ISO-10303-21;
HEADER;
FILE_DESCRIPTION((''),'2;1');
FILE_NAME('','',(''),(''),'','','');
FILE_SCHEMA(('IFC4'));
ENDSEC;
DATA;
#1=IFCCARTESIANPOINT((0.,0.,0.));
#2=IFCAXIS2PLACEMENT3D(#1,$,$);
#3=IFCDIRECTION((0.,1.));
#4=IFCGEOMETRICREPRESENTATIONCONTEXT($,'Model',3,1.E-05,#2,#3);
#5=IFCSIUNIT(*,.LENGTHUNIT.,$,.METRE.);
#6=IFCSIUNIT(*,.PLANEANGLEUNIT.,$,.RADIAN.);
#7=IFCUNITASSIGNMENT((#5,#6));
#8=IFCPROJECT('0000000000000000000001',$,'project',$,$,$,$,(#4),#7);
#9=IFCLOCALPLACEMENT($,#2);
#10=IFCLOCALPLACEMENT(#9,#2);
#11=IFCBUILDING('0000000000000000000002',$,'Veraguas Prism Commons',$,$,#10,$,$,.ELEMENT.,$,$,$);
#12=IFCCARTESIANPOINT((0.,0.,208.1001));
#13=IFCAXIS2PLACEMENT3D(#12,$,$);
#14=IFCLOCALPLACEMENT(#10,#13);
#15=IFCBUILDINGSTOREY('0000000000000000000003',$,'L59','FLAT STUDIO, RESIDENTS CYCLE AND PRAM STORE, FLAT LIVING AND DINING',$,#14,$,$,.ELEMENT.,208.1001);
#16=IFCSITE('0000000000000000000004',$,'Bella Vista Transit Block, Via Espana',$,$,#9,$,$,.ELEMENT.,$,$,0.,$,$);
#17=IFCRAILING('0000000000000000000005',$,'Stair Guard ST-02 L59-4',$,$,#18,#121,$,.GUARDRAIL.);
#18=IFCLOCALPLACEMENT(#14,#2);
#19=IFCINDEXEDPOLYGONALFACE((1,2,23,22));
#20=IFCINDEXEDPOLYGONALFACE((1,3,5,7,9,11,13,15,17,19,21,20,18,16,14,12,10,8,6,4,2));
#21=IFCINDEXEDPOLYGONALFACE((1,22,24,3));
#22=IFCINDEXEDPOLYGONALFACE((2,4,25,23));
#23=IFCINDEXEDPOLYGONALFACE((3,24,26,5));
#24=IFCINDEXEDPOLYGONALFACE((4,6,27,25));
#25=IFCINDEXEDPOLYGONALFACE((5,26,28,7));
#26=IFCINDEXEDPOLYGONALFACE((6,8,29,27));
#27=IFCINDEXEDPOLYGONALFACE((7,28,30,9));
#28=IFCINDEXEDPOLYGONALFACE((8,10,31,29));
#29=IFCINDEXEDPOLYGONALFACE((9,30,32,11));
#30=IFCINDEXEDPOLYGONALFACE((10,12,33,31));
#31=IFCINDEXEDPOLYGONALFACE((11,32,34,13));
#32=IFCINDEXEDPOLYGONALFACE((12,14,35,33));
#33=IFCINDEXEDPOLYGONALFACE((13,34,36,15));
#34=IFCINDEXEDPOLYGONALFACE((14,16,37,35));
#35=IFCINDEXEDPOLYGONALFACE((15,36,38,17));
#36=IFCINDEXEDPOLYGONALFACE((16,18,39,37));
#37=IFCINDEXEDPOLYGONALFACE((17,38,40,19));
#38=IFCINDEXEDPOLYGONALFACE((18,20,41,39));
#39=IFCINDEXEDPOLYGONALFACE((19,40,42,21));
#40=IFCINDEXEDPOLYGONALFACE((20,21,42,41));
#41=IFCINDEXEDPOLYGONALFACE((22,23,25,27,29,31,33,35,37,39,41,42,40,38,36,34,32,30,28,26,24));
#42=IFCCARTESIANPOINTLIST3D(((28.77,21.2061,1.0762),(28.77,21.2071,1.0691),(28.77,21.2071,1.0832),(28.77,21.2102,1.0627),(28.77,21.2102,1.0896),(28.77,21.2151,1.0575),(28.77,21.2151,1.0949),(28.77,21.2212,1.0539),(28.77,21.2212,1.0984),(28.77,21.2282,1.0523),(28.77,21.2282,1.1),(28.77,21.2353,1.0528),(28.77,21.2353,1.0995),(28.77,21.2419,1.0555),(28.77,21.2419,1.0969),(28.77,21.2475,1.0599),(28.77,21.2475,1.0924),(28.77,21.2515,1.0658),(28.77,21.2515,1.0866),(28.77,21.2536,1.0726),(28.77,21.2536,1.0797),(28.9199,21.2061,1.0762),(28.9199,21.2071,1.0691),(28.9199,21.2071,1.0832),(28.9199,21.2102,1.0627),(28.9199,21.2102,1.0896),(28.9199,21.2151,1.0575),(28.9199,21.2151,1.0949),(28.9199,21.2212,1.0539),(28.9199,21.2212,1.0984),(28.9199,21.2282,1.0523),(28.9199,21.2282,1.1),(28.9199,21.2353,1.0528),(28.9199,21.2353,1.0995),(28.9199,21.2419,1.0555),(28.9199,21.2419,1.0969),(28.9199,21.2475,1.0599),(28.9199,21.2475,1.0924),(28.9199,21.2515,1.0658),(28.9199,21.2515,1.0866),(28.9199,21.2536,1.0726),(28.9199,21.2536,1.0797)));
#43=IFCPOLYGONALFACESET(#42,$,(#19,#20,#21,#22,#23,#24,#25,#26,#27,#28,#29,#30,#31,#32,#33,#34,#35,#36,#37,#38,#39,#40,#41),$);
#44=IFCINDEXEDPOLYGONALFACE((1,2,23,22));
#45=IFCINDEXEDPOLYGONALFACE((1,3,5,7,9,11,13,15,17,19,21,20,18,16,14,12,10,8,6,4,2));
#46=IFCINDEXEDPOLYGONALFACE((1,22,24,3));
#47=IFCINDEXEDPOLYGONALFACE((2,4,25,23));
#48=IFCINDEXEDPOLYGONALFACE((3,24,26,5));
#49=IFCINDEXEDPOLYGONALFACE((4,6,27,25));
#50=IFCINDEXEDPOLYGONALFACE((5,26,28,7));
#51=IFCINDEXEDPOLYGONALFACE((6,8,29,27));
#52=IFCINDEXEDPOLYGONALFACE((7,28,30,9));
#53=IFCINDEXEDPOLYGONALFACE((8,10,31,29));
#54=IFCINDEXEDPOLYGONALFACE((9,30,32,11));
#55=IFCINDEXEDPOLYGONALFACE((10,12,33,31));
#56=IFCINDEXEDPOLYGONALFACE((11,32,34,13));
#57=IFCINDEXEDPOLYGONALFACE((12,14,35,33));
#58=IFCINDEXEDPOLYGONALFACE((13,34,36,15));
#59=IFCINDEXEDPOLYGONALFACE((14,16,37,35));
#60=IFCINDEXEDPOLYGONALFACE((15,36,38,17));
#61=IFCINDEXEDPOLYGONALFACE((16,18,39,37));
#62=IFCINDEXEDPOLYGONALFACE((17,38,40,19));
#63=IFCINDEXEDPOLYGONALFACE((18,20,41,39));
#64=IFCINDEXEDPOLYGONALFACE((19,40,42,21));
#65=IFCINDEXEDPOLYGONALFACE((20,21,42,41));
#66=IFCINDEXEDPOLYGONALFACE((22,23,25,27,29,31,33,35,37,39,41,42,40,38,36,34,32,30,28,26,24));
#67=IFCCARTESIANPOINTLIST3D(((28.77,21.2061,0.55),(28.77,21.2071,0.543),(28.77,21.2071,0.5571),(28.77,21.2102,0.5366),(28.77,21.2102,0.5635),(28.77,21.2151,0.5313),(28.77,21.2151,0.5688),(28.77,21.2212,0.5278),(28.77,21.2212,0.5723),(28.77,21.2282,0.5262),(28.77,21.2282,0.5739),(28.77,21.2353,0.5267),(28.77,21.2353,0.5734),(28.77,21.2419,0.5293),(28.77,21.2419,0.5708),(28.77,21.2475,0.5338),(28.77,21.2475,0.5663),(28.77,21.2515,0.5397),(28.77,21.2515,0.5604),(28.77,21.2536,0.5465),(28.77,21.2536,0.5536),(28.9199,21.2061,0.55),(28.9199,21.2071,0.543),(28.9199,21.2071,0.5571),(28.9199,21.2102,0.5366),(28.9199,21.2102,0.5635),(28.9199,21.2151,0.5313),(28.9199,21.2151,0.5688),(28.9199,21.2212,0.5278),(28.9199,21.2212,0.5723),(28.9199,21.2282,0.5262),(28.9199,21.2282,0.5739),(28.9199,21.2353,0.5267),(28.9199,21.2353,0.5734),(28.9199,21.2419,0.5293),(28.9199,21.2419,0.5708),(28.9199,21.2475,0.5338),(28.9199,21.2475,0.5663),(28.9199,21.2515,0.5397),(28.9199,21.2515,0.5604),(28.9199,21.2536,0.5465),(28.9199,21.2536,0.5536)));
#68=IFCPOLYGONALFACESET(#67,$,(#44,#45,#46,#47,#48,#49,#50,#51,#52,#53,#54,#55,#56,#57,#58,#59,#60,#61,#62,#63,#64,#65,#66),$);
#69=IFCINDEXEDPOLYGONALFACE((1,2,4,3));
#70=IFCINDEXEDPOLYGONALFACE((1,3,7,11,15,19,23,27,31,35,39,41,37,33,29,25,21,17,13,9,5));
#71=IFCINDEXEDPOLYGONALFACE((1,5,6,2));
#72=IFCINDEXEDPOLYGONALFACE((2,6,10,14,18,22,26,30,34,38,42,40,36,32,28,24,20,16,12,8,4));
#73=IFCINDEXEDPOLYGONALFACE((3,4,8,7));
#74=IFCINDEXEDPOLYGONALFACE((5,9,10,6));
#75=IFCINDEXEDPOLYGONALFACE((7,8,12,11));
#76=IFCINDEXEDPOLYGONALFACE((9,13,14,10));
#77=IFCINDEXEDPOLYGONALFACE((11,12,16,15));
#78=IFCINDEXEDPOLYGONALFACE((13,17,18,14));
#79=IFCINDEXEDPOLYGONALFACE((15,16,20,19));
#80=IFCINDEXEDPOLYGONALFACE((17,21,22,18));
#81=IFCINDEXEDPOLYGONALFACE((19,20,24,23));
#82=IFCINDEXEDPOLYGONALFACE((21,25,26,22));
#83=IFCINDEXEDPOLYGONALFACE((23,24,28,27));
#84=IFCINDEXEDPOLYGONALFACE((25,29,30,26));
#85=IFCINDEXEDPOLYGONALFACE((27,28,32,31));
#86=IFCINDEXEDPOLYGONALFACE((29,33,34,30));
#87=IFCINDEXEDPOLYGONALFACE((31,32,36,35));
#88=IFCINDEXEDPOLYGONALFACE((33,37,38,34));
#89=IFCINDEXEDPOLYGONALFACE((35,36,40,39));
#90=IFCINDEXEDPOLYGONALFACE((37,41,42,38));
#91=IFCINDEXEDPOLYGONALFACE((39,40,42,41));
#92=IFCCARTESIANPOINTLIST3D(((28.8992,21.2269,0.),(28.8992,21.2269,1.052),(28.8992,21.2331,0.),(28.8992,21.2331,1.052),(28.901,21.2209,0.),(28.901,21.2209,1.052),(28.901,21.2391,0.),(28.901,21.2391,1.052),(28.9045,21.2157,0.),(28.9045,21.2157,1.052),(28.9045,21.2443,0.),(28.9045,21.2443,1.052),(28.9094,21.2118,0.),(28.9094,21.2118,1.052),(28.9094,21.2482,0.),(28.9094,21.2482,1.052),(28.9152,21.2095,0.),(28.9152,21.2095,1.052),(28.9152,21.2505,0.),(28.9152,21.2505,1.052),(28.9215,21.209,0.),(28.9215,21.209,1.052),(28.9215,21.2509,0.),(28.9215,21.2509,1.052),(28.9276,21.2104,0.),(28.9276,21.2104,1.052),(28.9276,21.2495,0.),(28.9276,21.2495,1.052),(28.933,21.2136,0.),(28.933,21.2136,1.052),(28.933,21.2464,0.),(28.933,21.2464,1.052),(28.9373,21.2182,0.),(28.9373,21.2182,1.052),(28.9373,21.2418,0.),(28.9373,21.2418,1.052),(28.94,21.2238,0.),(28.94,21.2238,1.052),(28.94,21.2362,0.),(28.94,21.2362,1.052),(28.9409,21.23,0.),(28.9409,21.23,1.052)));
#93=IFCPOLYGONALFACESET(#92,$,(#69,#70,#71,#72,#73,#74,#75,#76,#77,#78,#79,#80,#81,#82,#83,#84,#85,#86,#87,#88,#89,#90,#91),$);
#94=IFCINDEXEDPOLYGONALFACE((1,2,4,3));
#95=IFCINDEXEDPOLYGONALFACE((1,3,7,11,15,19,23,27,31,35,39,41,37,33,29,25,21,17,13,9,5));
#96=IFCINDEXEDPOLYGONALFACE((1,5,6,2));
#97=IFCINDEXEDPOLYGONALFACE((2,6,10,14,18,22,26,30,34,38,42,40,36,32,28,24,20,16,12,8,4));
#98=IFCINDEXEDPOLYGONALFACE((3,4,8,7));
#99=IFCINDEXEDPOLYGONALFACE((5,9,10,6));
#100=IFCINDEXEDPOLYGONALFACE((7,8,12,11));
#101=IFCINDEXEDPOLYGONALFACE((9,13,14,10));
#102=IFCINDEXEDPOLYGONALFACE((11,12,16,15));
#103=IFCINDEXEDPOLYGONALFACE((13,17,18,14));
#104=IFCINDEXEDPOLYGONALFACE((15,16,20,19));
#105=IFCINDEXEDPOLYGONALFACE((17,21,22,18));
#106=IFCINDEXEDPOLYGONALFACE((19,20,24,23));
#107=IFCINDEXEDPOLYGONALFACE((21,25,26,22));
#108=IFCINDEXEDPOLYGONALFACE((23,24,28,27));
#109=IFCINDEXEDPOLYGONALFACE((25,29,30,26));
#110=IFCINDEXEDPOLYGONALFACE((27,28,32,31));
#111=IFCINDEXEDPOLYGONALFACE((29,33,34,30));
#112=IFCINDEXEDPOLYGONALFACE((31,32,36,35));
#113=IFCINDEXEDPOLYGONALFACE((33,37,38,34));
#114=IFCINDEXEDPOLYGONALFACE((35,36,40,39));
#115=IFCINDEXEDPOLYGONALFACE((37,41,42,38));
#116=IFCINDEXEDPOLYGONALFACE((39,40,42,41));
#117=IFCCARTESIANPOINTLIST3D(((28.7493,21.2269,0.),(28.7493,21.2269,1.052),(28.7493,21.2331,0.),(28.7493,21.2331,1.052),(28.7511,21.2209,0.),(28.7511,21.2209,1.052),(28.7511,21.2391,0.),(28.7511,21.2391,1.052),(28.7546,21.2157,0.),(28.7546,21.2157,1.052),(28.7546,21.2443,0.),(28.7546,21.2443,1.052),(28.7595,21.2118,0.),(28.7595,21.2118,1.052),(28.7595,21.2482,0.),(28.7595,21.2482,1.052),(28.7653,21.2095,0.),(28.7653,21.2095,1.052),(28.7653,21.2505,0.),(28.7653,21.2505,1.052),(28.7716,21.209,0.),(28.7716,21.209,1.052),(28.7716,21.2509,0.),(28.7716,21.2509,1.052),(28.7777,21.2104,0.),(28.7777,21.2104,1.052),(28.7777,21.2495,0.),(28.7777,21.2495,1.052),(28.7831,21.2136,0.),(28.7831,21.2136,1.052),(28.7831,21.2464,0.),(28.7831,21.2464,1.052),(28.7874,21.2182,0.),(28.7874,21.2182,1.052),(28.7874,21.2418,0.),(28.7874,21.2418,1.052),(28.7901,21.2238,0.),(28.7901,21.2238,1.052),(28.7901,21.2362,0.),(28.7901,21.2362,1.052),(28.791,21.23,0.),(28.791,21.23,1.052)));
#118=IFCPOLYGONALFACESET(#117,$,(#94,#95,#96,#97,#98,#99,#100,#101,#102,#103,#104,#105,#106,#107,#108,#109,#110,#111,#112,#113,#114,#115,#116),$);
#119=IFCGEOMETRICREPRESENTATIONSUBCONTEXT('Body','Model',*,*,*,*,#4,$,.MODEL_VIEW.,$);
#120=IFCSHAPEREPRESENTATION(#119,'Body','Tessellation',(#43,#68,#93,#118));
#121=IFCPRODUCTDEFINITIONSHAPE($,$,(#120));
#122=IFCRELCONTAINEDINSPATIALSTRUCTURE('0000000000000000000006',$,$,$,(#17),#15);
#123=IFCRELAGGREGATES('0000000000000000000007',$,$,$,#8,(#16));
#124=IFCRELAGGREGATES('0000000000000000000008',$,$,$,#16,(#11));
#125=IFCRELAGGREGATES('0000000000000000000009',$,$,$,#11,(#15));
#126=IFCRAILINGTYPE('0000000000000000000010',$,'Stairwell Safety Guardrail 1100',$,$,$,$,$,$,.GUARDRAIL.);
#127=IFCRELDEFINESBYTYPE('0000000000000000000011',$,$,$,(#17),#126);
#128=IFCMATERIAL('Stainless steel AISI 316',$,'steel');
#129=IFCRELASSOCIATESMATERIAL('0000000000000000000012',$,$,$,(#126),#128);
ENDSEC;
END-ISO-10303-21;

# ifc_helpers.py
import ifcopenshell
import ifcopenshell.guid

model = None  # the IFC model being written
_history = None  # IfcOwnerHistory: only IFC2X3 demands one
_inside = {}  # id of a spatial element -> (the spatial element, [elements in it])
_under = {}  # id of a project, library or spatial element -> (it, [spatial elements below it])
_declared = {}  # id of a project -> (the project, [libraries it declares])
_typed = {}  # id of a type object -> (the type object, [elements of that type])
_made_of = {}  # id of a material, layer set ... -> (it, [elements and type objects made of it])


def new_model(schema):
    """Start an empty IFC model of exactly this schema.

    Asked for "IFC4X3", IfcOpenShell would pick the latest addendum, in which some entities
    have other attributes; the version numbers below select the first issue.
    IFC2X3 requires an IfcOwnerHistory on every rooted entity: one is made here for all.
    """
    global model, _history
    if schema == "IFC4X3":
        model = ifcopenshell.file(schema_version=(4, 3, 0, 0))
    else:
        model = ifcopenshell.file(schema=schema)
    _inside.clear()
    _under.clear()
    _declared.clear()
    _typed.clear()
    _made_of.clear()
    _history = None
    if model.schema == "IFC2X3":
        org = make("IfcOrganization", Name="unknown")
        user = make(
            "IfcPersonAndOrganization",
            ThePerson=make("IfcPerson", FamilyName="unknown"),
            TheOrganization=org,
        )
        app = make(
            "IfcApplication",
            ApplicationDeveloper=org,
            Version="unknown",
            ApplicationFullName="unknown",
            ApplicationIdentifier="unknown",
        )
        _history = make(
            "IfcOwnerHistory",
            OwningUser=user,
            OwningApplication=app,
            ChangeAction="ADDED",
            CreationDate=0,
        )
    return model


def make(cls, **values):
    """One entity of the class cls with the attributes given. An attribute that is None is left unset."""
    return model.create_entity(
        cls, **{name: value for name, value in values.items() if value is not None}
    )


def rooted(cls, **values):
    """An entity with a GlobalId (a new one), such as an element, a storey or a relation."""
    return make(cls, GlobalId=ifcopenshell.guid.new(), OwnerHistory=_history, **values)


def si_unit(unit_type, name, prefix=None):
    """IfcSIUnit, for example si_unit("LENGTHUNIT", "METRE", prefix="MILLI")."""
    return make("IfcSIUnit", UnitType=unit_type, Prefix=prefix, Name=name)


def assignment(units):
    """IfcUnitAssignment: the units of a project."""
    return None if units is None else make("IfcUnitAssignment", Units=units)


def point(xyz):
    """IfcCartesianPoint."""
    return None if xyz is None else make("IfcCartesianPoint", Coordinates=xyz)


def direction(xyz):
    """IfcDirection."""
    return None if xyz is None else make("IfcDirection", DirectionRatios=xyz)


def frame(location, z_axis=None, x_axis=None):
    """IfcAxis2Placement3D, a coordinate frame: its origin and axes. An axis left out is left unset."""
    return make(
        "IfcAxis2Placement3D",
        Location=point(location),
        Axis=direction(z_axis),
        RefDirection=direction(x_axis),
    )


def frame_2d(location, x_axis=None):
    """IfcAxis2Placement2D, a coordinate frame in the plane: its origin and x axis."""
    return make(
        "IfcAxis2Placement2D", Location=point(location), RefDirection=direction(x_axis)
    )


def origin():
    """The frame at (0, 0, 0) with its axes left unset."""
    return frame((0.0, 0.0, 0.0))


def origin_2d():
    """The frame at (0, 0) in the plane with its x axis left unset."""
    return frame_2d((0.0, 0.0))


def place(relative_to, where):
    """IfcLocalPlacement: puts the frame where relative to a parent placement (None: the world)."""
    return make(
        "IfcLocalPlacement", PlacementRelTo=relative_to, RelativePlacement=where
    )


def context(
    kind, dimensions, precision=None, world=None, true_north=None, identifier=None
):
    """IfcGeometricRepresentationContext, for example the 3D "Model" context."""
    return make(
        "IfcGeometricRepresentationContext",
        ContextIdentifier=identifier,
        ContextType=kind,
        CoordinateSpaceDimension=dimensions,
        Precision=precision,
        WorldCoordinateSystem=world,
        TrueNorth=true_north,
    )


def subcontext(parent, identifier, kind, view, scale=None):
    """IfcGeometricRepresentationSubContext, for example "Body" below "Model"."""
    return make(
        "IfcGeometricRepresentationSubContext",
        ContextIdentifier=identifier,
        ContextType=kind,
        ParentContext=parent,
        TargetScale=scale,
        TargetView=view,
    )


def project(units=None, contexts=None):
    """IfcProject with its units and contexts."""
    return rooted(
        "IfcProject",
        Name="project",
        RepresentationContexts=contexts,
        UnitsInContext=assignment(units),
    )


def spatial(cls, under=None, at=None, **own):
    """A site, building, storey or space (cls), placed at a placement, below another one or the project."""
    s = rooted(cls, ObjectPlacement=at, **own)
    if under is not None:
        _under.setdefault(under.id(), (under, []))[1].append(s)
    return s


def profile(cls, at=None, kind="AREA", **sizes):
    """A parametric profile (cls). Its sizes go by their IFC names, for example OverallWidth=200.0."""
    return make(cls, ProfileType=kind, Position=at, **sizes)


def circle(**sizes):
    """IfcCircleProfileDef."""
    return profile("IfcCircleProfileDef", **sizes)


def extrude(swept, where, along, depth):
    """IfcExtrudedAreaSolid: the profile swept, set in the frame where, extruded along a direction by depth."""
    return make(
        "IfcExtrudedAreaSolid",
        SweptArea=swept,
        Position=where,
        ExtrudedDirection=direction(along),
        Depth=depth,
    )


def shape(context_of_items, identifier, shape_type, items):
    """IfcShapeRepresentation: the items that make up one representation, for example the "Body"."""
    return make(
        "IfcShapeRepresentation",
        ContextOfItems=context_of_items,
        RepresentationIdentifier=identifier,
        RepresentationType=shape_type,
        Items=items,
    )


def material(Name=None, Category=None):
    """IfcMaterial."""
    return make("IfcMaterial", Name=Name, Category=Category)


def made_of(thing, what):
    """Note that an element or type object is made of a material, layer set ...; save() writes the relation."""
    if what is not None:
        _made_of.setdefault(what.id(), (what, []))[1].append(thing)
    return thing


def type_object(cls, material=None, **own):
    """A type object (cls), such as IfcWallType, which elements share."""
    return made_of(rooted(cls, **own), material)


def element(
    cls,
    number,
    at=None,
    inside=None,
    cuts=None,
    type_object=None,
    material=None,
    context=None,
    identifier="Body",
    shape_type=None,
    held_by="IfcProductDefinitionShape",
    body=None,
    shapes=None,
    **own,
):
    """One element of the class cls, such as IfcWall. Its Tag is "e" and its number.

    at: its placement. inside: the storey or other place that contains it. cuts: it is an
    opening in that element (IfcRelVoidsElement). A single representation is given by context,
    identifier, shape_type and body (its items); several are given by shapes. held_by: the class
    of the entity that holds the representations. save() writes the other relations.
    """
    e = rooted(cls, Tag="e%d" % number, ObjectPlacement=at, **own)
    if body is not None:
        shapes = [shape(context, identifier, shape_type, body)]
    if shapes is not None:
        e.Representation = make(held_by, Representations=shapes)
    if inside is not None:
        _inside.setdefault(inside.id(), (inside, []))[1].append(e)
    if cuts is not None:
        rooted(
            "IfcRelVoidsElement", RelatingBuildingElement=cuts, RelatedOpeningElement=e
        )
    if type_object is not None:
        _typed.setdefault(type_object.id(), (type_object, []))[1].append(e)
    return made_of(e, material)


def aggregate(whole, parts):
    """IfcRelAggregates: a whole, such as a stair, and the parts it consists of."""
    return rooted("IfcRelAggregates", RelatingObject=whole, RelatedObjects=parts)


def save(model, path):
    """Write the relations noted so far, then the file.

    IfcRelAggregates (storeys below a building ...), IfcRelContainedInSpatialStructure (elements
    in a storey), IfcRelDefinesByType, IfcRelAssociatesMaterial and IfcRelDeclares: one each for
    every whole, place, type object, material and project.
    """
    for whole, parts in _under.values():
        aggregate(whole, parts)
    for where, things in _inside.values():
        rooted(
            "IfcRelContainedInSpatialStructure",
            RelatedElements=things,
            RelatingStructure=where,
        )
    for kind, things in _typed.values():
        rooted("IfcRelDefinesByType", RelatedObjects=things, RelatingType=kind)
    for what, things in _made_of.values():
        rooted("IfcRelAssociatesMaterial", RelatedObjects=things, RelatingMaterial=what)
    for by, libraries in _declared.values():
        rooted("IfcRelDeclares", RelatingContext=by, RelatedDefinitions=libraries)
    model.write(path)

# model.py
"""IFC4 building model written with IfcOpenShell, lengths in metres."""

from ifc_helpers import new_model, si_unit, direction, frame, origin, origin_2d, place, context, subcontext, project, spatial, circle, extrude, material, type_object, element, save


model = new_model("IFC4")

# Units and contexts
model_context = context("Model", 3, precision=1e-05, world=origin(), true_north=direction((0.0, 1.0)))
body_context = subcontext(model_context, "Body", "Model", "MODEL_VIEW")
ifc_project = project(units=[si_unit("LENGTHUNIT", "METRE"), si_unit("PLANEANGLEUNIT", "RADIAN")], contexts=[model_context])

# Site, building, storey
site_placement = place(None, origin())
site = spatial("IfcSite", under=ifc_project, at=site_placement, Name="Bella Vista Transit Block, Via Espana", CompositionType="ELEMENT", RefElevation=0.0)
building_placement = place(site_placement, origin())
building = spatial("IfcBuilding", under=site, at=building_placement, Name="Veraguas Prism Commons", CompositionType="ELEMENT")
storey_placement = place(building_placement, frame((0.0, 0.0, 208.1001)))
storey = spatial("IfcBuildingStorey", under=building, at=storey_placement, Name="L59", Description="FLAT STUDIO, RESIDENTS CYCLE AND PRAM STORE, FLAT LIVING AND DINING", CompositionType="ELEMENT", Elevation=208.1001)

# Shared definitions
ifc_material_1 = material(Name="Stainless steel AISI 316", Category="steel")

# Railing
railing_type = type_object("IfcRailingType", Name="Stairwell Safety Guardrail 1100", PredefinedType="GUARDRAIL", material=ifc_material_1)
railing_1_placement = place(storey_placement, frame((28.9199, 21.23, 0.0)))
element("IfcRailing", 1, at=railing_1_placement, inside=storey, type_object=railing_type, Name="Stair Guard ST-02 L59-4", PredefinedType="GUARDRAIL", context=body_context, shape_type="SweptSolid", body=[
    extrude(circle(Radius=0.0239, at=origin_2d()), frame((0.0, 0.0, 1.0762), z_axis=(-1.0, 0.0, 0.0), x_axis=(0.0, -1.0, 0.0)), (0.0, 0.0, 1.0), 0.1499),
    extrude(circle(Radius=0.0239, at=origin_2d()), frame((0.0, 0.0, 0.55), z_axis=(-1.0, 0.0, 0.0), x_axis=(0.0, -1.0, 0.0)), (0.0, 0.0, 1.0), 0.1499),
    extrude(circle(Radius=0.021, at=origin_2d()), origin(), (0.0, 0.0, 1.0), 1.052),
    extrude(circle(Radius=0.021, at=origin_2d()), frame((-0.1499, 0.0, 0.0)), (0.0, 0.0, 1.0), 1.052),
])

save(model, "model.ifc")
